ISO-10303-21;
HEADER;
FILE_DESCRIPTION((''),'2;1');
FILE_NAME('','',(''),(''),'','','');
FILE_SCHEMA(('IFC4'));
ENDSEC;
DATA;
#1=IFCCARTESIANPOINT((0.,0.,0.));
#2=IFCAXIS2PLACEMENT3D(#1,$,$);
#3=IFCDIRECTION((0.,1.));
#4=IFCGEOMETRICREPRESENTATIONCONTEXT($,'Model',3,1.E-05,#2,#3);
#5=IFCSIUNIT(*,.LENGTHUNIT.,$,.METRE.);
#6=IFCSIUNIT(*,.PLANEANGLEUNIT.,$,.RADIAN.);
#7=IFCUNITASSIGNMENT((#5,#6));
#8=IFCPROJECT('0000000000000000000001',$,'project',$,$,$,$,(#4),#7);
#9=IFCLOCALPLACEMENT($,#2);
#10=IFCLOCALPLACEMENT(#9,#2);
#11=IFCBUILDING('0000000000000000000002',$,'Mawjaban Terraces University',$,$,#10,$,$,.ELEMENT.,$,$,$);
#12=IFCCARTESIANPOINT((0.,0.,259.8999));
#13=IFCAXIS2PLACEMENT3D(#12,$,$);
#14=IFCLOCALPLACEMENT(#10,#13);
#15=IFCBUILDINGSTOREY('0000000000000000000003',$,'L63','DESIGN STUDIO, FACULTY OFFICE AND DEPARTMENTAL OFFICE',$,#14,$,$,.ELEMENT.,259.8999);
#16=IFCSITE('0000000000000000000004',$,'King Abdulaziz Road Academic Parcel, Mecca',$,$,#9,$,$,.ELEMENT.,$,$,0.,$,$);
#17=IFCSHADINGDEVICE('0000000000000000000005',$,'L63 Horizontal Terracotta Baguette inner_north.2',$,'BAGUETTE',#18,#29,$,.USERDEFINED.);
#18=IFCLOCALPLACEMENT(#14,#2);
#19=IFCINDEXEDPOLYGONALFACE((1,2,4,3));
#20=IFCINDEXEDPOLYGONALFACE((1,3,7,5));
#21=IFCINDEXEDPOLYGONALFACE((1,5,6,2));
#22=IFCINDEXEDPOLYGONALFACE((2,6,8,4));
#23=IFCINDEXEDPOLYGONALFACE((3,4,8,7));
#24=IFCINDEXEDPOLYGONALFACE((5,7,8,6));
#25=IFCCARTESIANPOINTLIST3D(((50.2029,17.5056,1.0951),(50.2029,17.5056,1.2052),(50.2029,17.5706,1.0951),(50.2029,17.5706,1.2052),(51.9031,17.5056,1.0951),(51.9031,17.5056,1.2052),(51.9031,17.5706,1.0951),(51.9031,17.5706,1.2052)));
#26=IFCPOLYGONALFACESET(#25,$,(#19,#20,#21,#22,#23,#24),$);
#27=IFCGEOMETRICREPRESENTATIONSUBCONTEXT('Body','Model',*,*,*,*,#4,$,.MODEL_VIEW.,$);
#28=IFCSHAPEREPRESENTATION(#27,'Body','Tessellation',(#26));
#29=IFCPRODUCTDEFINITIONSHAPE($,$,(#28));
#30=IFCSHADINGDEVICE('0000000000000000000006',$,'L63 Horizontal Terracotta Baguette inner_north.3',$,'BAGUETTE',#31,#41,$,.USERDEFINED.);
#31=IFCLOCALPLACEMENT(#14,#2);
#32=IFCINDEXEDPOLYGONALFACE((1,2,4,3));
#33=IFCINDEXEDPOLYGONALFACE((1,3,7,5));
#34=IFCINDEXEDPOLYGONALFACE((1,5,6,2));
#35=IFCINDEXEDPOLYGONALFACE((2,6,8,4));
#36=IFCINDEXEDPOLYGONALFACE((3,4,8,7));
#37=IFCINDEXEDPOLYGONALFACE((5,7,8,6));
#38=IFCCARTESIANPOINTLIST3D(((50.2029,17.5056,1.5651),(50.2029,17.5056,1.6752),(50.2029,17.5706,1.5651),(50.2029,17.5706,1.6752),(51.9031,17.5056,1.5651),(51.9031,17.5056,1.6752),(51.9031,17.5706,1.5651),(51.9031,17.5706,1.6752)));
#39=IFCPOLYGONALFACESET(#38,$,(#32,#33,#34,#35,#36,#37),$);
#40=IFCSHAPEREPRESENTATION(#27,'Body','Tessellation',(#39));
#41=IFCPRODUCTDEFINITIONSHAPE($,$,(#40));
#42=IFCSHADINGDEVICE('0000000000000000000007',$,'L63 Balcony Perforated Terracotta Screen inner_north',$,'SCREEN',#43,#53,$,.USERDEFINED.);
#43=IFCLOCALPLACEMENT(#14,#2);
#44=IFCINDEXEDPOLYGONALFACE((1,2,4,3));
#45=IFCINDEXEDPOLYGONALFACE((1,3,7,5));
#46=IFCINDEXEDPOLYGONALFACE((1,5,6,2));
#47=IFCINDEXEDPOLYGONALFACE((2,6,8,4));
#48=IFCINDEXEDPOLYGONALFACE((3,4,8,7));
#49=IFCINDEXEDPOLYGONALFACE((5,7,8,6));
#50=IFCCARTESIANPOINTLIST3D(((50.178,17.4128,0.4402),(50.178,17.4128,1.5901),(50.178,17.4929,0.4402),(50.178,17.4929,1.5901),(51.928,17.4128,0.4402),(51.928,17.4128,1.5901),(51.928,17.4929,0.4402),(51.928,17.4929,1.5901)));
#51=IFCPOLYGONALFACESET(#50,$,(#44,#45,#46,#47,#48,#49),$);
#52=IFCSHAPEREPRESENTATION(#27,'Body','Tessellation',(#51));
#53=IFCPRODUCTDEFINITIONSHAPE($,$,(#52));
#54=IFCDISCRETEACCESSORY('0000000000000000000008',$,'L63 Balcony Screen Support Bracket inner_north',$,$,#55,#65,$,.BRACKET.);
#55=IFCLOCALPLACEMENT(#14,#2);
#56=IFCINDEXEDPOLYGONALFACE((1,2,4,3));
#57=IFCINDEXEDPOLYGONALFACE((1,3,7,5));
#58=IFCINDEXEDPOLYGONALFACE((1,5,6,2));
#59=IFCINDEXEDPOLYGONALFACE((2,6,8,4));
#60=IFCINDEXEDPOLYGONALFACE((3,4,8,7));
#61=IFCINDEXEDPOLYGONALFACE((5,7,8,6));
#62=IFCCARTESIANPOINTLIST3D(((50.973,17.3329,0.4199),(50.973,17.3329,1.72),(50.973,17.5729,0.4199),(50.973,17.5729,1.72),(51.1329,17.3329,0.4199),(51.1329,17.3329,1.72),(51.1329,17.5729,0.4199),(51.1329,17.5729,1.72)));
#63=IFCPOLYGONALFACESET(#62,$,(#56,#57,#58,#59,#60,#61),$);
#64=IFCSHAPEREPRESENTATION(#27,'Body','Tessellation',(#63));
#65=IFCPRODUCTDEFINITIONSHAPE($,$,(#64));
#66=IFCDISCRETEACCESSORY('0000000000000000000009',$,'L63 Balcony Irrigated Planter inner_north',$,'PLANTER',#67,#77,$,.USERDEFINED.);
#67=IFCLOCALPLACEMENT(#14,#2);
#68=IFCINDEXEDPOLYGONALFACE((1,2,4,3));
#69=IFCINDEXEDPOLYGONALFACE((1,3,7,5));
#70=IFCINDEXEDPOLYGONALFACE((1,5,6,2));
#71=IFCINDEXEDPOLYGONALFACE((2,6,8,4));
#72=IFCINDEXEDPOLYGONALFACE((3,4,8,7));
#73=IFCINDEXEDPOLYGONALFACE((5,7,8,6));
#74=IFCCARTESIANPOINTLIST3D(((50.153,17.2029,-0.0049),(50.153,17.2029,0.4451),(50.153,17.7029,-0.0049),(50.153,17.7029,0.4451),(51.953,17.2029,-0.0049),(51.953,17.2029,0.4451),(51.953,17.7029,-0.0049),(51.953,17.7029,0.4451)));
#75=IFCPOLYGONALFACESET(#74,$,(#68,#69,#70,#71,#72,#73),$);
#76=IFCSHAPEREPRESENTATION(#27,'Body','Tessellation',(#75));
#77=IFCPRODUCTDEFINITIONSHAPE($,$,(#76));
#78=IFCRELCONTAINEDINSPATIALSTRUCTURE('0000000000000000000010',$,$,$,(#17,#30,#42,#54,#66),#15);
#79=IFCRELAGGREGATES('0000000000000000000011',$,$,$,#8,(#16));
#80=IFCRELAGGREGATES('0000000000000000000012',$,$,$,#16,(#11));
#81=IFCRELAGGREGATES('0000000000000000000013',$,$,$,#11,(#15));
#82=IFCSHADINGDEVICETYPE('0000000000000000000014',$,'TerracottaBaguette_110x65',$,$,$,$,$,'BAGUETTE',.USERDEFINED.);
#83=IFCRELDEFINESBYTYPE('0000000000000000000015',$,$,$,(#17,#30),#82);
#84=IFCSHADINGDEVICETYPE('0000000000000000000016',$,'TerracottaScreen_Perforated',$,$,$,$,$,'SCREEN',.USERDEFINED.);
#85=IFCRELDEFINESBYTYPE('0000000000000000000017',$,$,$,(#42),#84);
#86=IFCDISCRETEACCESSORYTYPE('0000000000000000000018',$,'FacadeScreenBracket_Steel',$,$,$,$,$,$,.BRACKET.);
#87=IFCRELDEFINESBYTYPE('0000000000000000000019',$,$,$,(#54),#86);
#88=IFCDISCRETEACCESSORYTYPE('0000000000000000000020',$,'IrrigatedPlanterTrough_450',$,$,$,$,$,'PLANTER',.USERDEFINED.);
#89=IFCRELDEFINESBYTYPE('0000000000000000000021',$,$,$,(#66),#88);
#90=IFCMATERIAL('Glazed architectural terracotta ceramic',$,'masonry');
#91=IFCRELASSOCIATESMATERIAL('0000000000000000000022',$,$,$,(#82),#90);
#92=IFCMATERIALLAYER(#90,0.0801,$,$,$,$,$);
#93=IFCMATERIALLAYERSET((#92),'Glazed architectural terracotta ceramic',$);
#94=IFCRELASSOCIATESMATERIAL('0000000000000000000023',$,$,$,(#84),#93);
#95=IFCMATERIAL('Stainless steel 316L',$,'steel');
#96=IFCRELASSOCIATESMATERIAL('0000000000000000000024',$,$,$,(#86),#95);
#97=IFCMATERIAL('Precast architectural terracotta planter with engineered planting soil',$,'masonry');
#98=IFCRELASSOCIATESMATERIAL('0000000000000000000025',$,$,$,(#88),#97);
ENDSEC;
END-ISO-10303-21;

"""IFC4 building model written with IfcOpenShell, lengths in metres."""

from ifc_helpers import new_model, si_unit, direction, frame, origin, origin_2d, place, context, subcontext, project, spatial, rectangle, extrude, material, layer, layer_set, material_profile, profile_set, type_object, element, save


model = new_model("IFC4")

# Units and contexts
model_context = context("Model", 3, precision=1e-05, world=origin(), true_north=direction((0.0, 1.0)))
body_context = subcontext(model_context, "Body", "Model", "MODEL_VIEW")
ifc_project = project(units=[si_unit("LENGTHUNIT", "METRE"), si_unit("PLANEANGLEUNIT", "RADIAN")], contexts=[model_context])

# Site, building, storey
site_placement = place(None, origin())
site = spatial("IfcSite", under=ifc_project, at=site_placement, Name="King Abdulaziz Road Academic Parcel, Mecca", CompositionType="ELEMENT", RefElevation=0.0)
building_placement = place(site_placement, origin())
building = spatial("IfcBuilding", under=site, at=building_placement, Name="Mawjaban Terraces University", CompositionType="ELEMENT")
storey_placement = place(building_placement, frame((0.0, 0.0, 259.8999)))
storey = spatial("IfcBuildingStorey", under=building, at=storey_placement, Name="L63", Description="DESIGN STUDIO, FACULTY OFFICE AND DEPARTMENTAL OFFICE", CompositionType="ELEMENT", Elevation=259.8999)

# Shading devices
ifc_material_1 = material(Name="Glazed architectural terracotta ceramic", Category="masonry")
ifc_material_profile_1 = material_profile(ifc_material_1, rectangle(XDim=0.0649, YDim=0.1101, at=origin_2d()), Name="TBAG110X65")
ifc_profile_set_1 = profile_set([ifc_material_profile_1], Name="Glazed architectural terracotta ceramic")
shading_device_type_1 = type_object("IfcShadingDeviceType", Name="TerracottaBaguette_110x65", ElementType="BAGUETTE", PredefinedType="USERDEFINED", material=ifc_profile_set_1)
for number, where, z_axis, x_axis, name in (
    (1, (50.2029, 17.5381, 1.1501), (1.0, 0.0, 0.0), (0.0, 1.0, 0.0), "L63 Horizontal Terracotta Baguette inner_north.2"),
    (2, (50.2029, 17.5381, 1.6201), (1.0, 0.0, 0.0), (0.0, 1.0, 0.0), "L63 Horizontal Terracotta Baguette inner_north.3"),
):
    element("IfcShadingDevice", number, at=place(storey_placement, frame(where, z_axis=z_axis, x_axis=x_axis)), inside=storey, type_object=shading_device_type_1, Name=name, ObjectType="BAGUETTE", PredefinedType="USERDEFINED", context=body_context, shape_type="SweptSolid", body=[
        extrude(rectangle(XDim=0.0649, YDim=0.1101, at=origin_2d()), origin(), (0.0, 0.0, 1.0), 1.7002),
    ])
ifc_layer_1 = layer(ifc_material_1, 0.0801)
ifc_layer_set_1 = layer_set([ifc_layer_1], Name="Glazed architectural terracotta ceramic")
shading_device_type_2 = type_object("IfcShadingDeviceType", Name="TerracottaScreen_Perforated", ElementType="SCREEN", PredefinedType="USERDEFINED", material=ifc_layer_set_1)
shading_device_placement = place(storey_placement, frame((51.053, 17.4529, 0.4402), z_axis=(0.0, 0.0, 1.0), x_axis=(1.0, 0.0, 0.0)))
element("IfcShadingDevice", 3, at=shading_device_placement, inside=storey, type_object=shading_device_type_2, Name="L63 Balcony Perforated Terracotta Screen inner_north", ObjectType="SCREEN", PredefinedType="USERDEFINED", context=body_context, shape_type="SweptSolid", body=[
    extrude(rectangle(XDim=1.75, YDim=0.0801, at=origin_2d()), origin(), (0.0, 0.0, 1.0), 1.1499),
])

# Discrete accessories
ifc_material_2 = material(Name="Stainless steel 316L", Category="steel")
discrete_accessory_type_1 = type_object("IfcDiscreteAccessoryType", Name="FacadeScreenBracket_Steel", PredefinedType="BRACKET", material=ifc_material_2)
discrete_accessory_1_placement = place(storey_placement, frame((51.053, 17.4529, 0.4199), z_axis=(0.0, 0.0, 1.0), x_axis=(1.0, 0.0, 0.0)))
element("IfcDiscreteAccessory", 4, at=discrete_accessory_1_placement, inside=storey, type_object=discrete_accessory_type_1, Name="L63 Balcony Screen Support Bracket inner_north", PredefinedType="BRACKET", context=body_context, shape_type="SweptSolid", body=[
    extrude(rectangle(XDim=0.1599, YDim=0.24, at=origin_2d()), origin(), (0.0, 0.0, 1.0), 1.3),
])
ifc_material_3 = material(Name="Precast architectural terracotta planter with engineered planting soil", Category="masonry")
discrete_accessory_type_2 = type_object("IfcDiscreteAccessoryType", Name="IrrigatedPlanterTrough_450", ElementType="PLANTER", PredefinedType="USERDEFINED", material=ifc_material_3)
discrete_accessory_2_placement = place(storey_placement, frame((51.053, 17.4529, -0.0049), z_axis=(0.0, 0.0, 1.0), x_axis=(1.0, 0.0, 0.0)))
element("IfcDiscreteAccessory", 5, at=discrete_accessory_2_placement, inside=storey, type_object=discrete_accessory_type_2, Name="L63 Balcony Irrigated Planter inner_north", ObjectType="PLANTER", PredefinedType="USERDEFINED", context=body_context, shape_type="SweptSolid", body=[
    extrude(rectangle(XDim=1.8, YDim=0.5, at=origin_2d()), origin(), (0.0, 0.0, 1.0), 0.45),
])

save(model, "model.ifc")
